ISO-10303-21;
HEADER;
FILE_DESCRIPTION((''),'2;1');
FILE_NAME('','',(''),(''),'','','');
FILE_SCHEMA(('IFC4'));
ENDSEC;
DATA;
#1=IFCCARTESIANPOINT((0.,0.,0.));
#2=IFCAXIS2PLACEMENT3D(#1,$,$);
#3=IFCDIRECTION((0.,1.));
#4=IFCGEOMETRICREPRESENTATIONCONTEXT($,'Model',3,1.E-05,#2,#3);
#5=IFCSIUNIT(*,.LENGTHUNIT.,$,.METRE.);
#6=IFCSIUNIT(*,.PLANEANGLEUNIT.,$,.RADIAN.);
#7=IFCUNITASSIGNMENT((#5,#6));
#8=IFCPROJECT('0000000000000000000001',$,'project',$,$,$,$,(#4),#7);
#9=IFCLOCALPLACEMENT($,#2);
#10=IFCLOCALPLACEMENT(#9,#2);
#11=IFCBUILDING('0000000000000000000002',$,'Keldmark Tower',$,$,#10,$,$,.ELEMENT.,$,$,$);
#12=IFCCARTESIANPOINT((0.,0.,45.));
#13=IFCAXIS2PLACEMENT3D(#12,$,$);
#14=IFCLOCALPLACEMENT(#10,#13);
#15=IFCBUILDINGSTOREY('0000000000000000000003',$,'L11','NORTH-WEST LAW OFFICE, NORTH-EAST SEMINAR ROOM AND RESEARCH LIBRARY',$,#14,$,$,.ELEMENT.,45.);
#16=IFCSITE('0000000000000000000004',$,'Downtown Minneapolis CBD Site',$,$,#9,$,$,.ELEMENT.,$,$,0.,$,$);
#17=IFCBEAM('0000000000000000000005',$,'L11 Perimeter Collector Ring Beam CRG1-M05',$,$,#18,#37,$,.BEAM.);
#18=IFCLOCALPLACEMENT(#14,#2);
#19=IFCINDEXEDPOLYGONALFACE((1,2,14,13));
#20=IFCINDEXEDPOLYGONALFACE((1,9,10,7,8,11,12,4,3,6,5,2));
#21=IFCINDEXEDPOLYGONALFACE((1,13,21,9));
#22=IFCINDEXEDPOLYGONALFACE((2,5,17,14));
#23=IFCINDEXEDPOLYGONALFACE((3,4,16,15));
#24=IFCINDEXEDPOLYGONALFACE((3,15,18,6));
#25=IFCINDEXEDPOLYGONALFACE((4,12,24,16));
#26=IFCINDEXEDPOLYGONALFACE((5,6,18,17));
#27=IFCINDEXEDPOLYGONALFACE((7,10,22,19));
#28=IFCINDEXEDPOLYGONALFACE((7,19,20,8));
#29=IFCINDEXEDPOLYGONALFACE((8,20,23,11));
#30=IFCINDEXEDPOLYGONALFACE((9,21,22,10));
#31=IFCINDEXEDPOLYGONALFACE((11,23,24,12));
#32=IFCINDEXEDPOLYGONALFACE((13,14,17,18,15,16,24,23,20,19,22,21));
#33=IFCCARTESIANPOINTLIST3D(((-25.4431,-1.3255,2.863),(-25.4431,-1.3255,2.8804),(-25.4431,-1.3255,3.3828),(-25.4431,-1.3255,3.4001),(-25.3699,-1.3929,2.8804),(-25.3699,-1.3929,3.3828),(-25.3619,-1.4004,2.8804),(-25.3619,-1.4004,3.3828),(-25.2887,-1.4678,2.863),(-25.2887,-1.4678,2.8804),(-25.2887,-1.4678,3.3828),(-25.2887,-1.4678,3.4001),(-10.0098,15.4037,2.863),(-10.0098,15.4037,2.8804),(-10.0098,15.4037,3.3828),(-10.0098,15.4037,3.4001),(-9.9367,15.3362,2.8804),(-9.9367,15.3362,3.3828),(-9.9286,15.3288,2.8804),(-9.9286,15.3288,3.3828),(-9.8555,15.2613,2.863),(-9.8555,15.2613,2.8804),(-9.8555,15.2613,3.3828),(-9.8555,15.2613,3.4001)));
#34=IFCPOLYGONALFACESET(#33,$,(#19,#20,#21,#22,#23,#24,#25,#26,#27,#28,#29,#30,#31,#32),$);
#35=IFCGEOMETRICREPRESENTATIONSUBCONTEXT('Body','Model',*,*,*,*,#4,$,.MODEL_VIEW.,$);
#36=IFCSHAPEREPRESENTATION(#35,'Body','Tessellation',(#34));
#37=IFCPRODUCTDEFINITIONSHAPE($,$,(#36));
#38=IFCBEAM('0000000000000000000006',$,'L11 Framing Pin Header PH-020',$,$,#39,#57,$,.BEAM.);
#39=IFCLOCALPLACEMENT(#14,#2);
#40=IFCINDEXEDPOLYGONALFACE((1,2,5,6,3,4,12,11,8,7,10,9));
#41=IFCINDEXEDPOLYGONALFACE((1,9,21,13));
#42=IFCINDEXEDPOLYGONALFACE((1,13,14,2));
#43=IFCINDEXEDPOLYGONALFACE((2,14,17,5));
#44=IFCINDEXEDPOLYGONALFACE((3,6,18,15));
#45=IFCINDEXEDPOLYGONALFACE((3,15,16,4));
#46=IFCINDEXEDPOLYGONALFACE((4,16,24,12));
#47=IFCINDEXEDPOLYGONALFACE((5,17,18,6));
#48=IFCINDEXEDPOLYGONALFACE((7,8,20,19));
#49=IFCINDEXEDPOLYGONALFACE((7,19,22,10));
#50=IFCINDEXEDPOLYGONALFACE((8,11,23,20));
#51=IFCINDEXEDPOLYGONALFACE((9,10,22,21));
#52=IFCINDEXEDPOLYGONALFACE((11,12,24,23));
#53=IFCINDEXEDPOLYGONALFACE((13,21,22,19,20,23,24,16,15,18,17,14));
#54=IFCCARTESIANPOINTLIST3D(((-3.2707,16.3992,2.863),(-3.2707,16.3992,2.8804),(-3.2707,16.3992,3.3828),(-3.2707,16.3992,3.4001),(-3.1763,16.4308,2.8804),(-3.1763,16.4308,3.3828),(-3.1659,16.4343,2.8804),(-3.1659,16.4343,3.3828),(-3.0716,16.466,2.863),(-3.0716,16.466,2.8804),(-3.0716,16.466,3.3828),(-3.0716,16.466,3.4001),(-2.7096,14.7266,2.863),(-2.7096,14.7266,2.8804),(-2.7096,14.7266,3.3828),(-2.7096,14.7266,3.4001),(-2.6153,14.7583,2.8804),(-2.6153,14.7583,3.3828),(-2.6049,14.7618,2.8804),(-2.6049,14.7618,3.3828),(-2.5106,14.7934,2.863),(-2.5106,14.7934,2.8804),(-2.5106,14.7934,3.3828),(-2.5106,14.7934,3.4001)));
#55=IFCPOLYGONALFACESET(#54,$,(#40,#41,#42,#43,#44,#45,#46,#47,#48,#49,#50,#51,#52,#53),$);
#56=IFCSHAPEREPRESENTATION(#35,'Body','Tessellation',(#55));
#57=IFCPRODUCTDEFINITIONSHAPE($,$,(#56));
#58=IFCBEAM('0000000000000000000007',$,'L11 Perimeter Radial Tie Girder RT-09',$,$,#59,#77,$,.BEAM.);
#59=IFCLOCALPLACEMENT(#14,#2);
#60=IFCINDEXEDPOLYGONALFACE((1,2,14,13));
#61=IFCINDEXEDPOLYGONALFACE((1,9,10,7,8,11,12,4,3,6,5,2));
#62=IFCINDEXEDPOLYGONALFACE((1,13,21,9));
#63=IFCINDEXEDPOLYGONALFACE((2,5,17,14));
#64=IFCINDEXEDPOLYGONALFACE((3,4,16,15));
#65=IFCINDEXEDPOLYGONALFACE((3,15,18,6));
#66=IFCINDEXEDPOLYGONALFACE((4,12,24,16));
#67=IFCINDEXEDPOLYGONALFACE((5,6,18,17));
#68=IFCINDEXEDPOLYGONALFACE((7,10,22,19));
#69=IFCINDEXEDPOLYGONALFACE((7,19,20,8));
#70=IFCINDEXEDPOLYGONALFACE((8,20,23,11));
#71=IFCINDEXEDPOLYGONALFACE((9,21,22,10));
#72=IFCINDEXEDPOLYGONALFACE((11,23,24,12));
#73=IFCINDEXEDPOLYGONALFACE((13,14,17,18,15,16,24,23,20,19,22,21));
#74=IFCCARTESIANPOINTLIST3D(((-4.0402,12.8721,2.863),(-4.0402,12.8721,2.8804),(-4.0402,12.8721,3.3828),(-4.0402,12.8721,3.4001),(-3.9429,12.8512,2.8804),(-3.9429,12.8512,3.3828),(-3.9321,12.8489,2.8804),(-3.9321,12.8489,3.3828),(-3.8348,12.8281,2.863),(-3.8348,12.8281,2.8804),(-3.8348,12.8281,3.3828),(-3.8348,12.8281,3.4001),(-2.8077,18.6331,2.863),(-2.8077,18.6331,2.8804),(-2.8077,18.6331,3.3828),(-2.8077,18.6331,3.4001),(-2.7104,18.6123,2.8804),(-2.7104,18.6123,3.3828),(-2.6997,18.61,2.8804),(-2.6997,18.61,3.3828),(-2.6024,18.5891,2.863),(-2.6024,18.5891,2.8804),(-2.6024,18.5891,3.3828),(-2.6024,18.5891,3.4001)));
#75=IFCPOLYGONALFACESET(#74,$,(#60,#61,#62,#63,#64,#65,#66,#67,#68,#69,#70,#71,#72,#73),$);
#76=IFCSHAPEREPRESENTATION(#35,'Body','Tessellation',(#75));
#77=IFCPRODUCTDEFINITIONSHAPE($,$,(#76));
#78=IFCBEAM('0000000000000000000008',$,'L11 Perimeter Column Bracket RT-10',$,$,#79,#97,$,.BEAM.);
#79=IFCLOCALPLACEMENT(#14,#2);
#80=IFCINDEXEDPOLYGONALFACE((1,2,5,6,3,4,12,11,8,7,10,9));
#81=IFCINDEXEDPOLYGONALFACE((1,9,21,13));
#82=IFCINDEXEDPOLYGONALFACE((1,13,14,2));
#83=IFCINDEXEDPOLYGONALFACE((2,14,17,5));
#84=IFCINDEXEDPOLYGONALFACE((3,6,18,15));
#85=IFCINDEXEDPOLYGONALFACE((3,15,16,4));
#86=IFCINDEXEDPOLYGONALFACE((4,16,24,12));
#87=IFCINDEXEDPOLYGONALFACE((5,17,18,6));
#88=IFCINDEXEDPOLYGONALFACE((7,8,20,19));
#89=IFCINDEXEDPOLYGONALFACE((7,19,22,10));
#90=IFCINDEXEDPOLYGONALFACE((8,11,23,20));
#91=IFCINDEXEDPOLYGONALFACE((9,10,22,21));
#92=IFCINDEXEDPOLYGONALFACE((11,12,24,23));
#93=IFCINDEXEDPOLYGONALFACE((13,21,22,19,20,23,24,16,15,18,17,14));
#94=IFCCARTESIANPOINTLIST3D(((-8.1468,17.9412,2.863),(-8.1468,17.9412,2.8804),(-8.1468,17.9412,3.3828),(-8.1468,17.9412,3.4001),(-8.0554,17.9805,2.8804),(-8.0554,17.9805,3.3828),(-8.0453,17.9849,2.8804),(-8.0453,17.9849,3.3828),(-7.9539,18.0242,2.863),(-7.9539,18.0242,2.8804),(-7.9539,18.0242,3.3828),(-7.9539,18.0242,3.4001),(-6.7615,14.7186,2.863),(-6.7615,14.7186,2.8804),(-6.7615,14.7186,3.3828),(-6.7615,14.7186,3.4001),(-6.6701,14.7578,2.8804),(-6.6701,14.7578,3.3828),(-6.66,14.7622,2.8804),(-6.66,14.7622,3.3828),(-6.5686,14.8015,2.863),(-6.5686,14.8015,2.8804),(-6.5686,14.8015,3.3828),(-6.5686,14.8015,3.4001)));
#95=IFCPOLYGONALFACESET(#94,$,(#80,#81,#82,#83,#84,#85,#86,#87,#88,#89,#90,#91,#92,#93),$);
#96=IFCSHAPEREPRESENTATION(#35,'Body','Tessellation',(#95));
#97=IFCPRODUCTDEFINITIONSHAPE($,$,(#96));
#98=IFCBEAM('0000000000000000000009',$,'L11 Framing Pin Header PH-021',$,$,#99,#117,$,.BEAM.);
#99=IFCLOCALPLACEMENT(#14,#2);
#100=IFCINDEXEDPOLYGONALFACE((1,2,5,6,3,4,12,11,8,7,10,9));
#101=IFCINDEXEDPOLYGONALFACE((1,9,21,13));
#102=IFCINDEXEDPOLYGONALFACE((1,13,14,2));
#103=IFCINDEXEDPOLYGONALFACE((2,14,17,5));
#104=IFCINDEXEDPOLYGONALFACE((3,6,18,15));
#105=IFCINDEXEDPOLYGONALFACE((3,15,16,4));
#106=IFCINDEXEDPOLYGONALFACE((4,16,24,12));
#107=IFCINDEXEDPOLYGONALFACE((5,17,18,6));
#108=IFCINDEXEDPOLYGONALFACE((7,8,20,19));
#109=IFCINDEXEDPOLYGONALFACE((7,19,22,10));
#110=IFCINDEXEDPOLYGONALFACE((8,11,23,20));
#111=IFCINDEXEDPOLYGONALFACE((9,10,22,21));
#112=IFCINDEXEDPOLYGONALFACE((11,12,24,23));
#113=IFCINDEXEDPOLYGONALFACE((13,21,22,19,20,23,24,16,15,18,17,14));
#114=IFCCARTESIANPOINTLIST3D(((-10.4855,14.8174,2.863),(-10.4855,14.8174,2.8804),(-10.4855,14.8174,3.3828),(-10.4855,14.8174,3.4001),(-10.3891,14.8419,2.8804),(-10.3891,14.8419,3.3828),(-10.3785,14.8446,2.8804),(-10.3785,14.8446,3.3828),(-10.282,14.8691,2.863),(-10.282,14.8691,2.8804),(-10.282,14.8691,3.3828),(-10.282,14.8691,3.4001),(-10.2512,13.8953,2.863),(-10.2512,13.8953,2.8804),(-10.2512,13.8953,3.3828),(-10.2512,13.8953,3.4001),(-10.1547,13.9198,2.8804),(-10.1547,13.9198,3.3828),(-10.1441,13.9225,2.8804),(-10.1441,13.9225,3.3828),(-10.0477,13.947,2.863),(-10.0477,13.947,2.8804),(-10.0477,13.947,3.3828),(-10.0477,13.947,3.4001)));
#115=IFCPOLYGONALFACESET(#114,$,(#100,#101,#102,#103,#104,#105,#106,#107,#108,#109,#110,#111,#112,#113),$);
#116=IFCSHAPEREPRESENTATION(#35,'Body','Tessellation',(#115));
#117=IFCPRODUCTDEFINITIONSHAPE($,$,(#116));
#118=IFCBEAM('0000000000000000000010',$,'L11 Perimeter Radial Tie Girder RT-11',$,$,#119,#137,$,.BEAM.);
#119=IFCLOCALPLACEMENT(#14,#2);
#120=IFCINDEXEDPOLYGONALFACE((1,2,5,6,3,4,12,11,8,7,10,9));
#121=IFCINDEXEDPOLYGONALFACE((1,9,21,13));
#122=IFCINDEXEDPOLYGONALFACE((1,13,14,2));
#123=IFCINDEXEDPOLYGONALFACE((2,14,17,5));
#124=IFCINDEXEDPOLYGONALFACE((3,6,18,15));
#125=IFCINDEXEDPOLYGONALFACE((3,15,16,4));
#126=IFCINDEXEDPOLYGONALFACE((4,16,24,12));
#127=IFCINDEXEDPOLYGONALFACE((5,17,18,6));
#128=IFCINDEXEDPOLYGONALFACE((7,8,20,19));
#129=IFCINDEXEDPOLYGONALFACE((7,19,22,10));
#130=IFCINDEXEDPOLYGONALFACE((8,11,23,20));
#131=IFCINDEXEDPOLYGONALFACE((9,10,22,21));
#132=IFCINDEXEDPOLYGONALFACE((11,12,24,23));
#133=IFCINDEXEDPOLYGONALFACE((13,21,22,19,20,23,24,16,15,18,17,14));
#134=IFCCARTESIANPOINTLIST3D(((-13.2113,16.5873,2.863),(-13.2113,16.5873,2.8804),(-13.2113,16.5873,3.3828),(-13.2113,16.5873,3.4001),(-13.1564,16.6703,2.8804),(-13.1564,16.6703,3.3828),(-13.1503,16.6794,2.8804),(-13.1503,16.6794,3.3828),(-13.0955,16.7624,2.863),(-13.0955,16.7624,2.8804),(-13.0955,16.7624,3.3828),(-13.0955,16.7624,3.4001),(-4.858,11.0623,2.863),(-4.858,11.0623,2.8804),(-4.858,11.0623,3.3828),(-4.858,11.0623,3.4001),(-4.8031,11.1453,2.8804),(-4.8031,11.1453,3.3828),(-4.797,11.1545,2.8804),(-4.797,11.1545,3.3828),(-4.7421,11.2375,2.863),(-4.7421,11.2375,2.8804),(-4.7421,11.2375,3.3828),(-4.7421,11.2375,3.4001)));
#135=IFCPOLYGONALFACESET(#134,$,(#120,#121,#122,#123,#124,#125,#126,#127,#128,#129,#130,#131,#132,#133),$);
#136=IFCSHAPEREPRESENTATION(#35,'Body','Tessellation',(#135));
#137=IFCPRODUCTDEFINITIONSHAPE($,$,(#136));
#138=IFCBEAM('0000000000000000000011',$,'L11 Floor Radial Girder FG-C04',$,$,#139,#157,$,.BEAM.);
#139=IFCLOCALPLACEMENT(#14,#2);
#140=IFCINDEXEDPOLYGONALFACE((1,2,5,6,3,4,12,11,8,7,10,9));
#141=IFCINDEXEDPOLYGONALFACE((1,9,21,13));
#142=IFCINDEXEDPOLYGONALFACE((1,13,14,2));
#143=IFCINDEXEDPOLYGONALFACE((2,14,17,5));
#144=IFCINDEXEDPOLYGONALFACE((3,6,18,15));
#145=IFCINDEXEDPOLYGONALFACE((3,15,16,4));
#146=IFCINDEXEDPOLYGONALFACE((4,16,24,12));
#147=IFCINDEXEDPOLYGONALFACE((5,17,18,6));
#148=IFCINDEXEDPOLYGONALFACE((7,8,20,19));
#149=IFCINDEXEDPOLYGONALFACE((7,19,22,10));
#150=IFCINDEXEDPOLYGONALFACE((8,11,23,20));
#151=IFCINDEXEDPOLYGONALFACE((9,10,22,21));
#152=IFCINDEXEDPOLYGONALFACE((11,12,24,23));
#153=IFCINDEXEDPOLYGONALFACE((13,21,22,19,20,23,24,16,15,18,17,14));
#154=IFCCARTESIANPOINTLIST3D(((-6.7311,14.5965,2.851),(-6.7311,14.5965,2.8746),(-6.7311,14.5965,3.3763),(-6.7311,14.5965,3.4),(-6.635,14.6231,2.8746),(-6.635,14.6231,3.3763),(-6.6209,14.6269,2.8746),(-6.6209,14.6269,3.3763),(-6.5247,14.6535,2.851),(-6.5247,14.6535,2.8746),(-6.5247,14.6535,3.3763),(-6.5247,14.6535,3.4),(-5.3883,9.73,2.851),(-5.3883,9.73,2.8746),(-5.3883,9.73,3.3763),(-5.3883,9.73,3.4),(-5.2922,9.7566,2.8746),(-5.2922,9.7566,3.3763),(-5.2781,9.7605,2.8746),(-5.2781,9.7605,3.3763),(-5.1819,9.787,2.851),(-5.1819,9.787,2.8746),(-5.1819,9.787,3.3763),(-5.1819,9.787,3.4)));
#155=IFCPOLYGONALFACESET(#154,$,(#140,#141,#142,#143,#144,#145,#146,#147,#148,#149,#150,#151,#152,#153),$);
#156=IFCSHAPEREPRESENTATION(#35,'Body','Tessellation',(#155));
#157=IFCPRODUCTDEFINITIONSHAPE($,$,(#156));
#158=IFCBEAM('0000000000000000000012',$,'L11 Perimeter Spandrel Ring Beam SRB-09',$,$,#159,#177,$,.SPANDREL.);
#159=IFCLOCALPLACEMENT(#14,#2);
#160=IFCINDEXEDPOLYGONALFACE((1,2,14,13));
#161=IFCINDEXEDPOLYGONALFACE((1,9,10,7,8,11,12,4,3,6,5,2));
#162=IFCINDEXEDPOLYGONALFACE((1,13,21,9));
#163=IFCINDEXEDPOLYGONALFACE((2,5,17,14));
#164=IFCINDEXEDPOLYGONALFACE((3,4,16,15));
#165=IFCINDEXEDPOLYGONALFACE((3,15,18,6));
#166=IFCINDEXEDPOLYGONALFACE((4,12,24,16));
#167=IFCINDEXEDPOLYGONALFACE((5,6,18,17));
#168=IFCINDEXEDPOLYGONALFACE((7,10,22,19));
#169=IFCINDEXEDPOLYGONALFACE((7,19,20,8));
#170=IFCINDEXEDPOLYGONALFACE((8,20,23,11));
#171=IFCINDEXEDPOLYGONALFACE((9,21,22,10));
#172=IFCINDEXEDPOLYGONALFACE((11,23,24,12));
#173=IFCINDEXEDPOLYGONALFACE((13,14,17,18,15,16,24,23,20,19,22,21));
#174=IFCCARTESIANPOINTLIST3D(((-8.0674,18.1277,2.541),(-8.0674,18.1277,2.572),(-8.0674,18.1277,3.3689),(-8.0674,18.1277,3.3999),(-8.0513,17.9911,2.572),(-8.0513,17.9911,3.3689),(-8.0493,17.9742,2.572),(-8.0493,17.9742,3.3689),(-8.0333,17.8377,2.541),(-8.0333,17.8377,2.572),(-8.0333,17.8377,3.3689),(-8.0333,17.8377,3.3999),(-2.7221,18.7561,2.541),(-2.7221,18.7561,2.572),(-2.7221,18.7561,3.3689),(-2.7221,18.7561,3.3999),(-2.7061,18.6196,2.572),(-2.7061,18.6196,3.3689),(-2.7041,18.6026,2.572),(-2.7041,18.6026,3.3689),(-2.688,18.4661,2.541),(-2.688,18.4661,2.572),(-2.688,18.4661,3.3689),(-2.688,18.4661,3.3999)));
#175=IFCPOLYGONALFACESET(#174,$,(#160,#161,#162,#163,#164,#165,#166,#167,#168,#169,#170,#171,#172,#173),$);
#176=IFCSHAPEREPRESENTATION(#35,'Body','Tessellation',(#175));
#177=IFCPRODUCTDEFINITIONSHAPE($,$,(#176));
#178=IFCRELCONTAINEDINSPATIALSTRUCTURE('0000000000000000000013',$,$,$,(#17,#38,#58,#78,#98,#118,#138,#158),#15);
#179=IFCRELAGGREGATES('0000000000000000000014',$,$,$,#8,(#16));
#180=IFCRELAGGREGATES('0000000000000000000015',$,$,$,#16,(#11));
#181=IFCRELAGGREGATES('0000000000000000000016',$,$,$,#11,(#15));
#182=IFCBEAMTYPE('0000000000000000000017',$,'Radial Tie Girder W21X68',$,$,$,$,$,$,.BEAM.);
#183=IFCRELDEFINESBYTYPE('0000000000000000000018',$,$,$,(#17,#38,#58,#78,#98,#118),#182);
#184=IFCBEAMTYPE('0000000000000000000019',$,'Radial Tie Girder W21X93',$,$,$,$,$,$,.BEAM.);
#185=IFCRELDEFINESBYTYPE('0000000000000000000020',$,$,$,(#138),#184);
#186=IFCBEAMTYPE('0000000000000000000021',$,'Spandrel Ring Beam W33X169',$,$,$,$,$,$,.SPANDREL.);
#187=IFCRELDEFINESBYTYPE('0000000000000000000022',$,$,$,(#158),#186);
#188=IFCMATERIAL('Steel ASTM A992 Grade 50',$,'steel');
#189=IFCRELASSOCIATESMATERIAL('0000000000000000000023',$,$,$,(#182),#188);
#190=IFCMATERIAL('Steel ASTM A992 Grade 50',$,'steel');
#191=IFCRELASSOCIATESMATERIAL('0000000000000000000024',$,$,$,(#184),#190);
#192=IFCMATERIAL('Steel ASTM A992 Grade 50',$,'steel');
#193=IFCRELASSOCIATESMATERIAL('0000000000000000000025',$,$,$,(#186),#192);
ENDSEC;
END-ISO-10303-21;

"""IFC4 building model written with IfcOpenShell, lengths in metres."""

from ifc_helpers import new_model, si_unit, direction, frame, origin, origin_2d, place, context, subcontext, project, spatial, i_section, extrude, material, material_profile, profile_set, type_object, element, save


model = new_model("IFC4")

# Units and contexts
model_context = context("Model", 3, precision=1e-05, world=origin(), true_north=direction((0.0, 1.0)))
body_context = subcontext(model_context, "Body", "Model", "MODEL_VIEW")
ifc_project = project(units=[si_unit("LENGTHUNIT", "METRE"), si_unit("PLANEANGLEUNIT", "RADIAN")], contexts=[model_context])

# Site, building, storey
site_placement = place(None, origin())
site = spatial("IfcSite", under=ifc_project, at=site_placement, Name="Downtown Minneapolis CBD Site", CompositionType="ELEMENT", RefElevation=0.0)
building_placement = place(site_placement, origin())
building = spatial("IfcBuilding", under=site, at=building_placement, Name="Keldmark Tower", CompositionType="ELEMENT")
storey_placement = place(building_placement, frame((0.0, 0.0, 45.0)))
storey = spatial("IfcBuildingStorey", under=building, at=storey_placement, Name="L11", Description="NORTH-WEST LAW OFFICE, NORTH-EAST SEMINAR ROOM AND RESEARCH LIBRARY", CompositionType="ELEMENT", Elevation=45.0)

# Beams
ifc_material_1 = material(Name="Steel ASTM A992 Grade 50", Category="steel")
ifc_material_profile_1 = material_profile(ifc_material_1, i_section(OverallWidth=0.21, OverallDepth=0.5371, WebThickness=0.011, FlangeThickness=0.0173, at=origin_2d()), Name="W21X68")
ifc_profile_set_1 = profile_set([ifc_material_profile_1], Name="Steel ASTM A992 Grade 50")
beam_type_1 = type_object("IfcBeamType", Name="Radial Tie Girder W21X68", PredefinedType="BEAM", material=ifc_profile_set_1)
beam_1_placement = place(storey_placement, frame((-9.9326, 15.3325, 3.1316), z_axis=(-0.678066, -0.735001, 0.0), x_axis=(0.735001, -0.678066, 0.0)))
element("IfcBeam", 1, at=beam_1_placement, inside=storey, type_object=beam_type_1, Name="L11 Perimeter Collector Ring Beam CRG1-M05", PredefinedType="BEAM", context=body_context, shape_type="SweptSolid", body=[
    extrude(i_section(OverallWidth=0.21, OverallDepth=0.5371, WebThickness=0.011, FlangeThickness=0.0173, at=origin_2d()), origin(), (0.0, 0.0, 1.0), 22.7607),
])
beam_2_placement = place(storey_placement, frame((-2.6101, 14.76, 3.1316), z_axis=(-0.318012, 0.948087, 0.0), x_axis=(-0.948087, -0.318012, 0.0)))
element("IfcBeam", 2, at=beam_2_placement, inside=storey, type_object=beam_type_1, Name="L11 Framing Pin Header PH-020", PredefinedType="BEAM", context=body_context, shape_type="SweptSolid", body=[
    extrude(i_section(OverallWidth=0.21, OverallDepth=0.5371, WebThickness=0.011, FlangeThickness=0.0173, at=origin_2d()), origin(), (0.0, 0.0, 1.0), 1.7642),
])
beam_3_placement = place(storey_placement, frame((-3.9375, 12.8501, 3.1316), z_axis=(0.209192, 0.977875, 0.0), x_axis=(-0.977875, 0.209192, 0.0)))
element("IfcBeam", 3, at=beam_3_placement, inside=storey, type_object=beam_type_1, Name="L11 Perimeter Radial Tie Girder RT-09", PredefinedType="BEAM", context=body_context, shape_type="SweptSolid", body=[
    extrude(i_section(OverallWidth=0.21, OverallDepth=0.5371, WebThickness=0.011, FlangeThickness=0.0173, at=origin_2d()), origin(), (0.0, 0.0, 1.0), 5.8914),
])
beam_4_placement = place(storey_placement, frame((-6.665, 14.76, 3.1316), z_axis=(-0.39491, 0.91872, 0.0), x_axis=(-0.91872, -0.39491, 0.0)))
element("IfcBeam", 4, at=beam_4_placement, inside=storey, type_object=beam_type_1, Name="L11 Perimeter Column Bracket RT-10", PredefinedType="BEAM", context=body_context, shape_type="SweptSolid", body=[
    extrude(i_section(OverallWidth=0.21, OverallDepth=0.5371, WebThickness=0.011, FlangeThickness=0.0173, at=origin_2d()), origin(), (0.0, 0.0, 1.0), 3.5078),
])
beam_5_placement = place(storey_placement, frame((-10.1494, 13.9211, 3.1316), z_axis=(-0.246338, 0.969184, 0.0), x_axis=(-0.969184, -0.246338, 0.0)))
element("IfcBeam", 5, at=beam_5_placement, inside=storey, type_object=beam_type_1, Name="L11 Framing Pin Header PH-021", PredefinedType="BEAM", context=body_context, shape_type="SweptSolid", body=[
    extrude(i_section(OverallWidth=0.21, OverallDepth=0.5371, WebThickness=0.011, FlangeThickness=0.0173, at=origin_2d()), origin(), (0.0, 0.0, 1.0), 0.9514),
])
beam_6_placement = place(storey_placement, frame((-4.8, 11.1499, 3.1316), z_axis=(-0.83407, 0.551659, 0.0), x_axis=(-0.551659, -0.83407, 0.0)))
element("IfcBeam", 6, at=beam_6_placement, inside=storey, type_object=beam_type_1, Name="L11 Perimeter Radial Tie Girder RT-11", PredefinedType="BEAM", context=body_context, shape_type="SweptSolid", body=[
    extrude(i_section(OverallWidth=0.21, OverallDepth=0.5371, WebThickness=0.011, FlangeThickness=0.0173, at=origin_2d()), origin(), (0.0, 0.0, 1.0), 10.0151),
])
ifc_material_2 = material(Name="Steel ASTM A992 Grade 50", Category="steel")
ifc_material_profile_2 = material_profile(ifc_material_2, i_section(OverallWidth=0.2141, OverallDepth=0.5491, WebThickness=0.0146, FlangeThickness=0.0237, at=origin_2d()), Name="W21X93")
ifc_profile_set_2 = profile_set([ifc_material_profile_2], Name="Steel ASTM A992 Grade 50")
beam_type_2 = type_object("IfcBeamType", Name="Radial Tie Girder W21X93", PredefinedType="BEAM", material=ifc_profile_set_2)
beam_7_placement = place(storey_placement, frame((-6.6279, 14.625, 3.1255), z_axis=(0.265985, -0.963977, 0.0), x_axis=(0.963977, 0.265985, 0.0)))
element("IfcBeam", 7, at=beam_7_placement, inside=storey, type_object=beam_type_2, Name="L11 Floor Radial Girder FG-C04", PredefinedType="BEAM", context=body_context, shape_type="SweptSolid", body=[
    extrude(i_section(OverallWidth=0.2141, OverallDepth=0.5491, WebThickness=0.0146, FlangeThickness=0.0237, at=origin_2d()), origin(), (0.0, 0.0, 1.0), 5.0483),
])
ifc_material_3 = material(Name="Steel ASTM A992 Grade 50", Category="steel")
ifc_material_profile_3 = material_profile(ifc_material_3, i_section(OverallWidth=0.292, OverallDepth=0.8589, WebThickness=0.0171, FlangeThickness=0.031, at=origin_2d()), Name="W33X169")
ifc_profile_set_3 = profile_set([ifc_material_profile_3], Name="Steel ASTM A992 Grade 50")
beam_type_3 = type_object("IfcBeamType", Name="Spandrel Ring Beam W33X169", PredefinedType="SPANDREL", material=ifc_profile_set_3)
beam_8_placement = place(storey_placement, frame((-2.7051, 18.6111, 2.9705), z_axis=(-0.99316, -0.116762, 0.0), x_axis=(0.116762, -0.99316, 0.0)))
element("IfcBeam", 8, at=beam_8_placement, inside=storey, type_object=beam_type_3, Name="L11 Perimeter Spandrel Ring Beam SRB-09", PredefinedType="SPANDREL", context=body_context, shape_type="SweptSolid", body=[
    extrude(i_section(OverallWidth=0.292, OverallDepth=0.8589, WebThickness=0.0171, FlangeThickness=0.031, at=origin_2d()), origin(), (0.0, 0.0, 1.0), 5.3821),
])

save(model, "model.ifc")
